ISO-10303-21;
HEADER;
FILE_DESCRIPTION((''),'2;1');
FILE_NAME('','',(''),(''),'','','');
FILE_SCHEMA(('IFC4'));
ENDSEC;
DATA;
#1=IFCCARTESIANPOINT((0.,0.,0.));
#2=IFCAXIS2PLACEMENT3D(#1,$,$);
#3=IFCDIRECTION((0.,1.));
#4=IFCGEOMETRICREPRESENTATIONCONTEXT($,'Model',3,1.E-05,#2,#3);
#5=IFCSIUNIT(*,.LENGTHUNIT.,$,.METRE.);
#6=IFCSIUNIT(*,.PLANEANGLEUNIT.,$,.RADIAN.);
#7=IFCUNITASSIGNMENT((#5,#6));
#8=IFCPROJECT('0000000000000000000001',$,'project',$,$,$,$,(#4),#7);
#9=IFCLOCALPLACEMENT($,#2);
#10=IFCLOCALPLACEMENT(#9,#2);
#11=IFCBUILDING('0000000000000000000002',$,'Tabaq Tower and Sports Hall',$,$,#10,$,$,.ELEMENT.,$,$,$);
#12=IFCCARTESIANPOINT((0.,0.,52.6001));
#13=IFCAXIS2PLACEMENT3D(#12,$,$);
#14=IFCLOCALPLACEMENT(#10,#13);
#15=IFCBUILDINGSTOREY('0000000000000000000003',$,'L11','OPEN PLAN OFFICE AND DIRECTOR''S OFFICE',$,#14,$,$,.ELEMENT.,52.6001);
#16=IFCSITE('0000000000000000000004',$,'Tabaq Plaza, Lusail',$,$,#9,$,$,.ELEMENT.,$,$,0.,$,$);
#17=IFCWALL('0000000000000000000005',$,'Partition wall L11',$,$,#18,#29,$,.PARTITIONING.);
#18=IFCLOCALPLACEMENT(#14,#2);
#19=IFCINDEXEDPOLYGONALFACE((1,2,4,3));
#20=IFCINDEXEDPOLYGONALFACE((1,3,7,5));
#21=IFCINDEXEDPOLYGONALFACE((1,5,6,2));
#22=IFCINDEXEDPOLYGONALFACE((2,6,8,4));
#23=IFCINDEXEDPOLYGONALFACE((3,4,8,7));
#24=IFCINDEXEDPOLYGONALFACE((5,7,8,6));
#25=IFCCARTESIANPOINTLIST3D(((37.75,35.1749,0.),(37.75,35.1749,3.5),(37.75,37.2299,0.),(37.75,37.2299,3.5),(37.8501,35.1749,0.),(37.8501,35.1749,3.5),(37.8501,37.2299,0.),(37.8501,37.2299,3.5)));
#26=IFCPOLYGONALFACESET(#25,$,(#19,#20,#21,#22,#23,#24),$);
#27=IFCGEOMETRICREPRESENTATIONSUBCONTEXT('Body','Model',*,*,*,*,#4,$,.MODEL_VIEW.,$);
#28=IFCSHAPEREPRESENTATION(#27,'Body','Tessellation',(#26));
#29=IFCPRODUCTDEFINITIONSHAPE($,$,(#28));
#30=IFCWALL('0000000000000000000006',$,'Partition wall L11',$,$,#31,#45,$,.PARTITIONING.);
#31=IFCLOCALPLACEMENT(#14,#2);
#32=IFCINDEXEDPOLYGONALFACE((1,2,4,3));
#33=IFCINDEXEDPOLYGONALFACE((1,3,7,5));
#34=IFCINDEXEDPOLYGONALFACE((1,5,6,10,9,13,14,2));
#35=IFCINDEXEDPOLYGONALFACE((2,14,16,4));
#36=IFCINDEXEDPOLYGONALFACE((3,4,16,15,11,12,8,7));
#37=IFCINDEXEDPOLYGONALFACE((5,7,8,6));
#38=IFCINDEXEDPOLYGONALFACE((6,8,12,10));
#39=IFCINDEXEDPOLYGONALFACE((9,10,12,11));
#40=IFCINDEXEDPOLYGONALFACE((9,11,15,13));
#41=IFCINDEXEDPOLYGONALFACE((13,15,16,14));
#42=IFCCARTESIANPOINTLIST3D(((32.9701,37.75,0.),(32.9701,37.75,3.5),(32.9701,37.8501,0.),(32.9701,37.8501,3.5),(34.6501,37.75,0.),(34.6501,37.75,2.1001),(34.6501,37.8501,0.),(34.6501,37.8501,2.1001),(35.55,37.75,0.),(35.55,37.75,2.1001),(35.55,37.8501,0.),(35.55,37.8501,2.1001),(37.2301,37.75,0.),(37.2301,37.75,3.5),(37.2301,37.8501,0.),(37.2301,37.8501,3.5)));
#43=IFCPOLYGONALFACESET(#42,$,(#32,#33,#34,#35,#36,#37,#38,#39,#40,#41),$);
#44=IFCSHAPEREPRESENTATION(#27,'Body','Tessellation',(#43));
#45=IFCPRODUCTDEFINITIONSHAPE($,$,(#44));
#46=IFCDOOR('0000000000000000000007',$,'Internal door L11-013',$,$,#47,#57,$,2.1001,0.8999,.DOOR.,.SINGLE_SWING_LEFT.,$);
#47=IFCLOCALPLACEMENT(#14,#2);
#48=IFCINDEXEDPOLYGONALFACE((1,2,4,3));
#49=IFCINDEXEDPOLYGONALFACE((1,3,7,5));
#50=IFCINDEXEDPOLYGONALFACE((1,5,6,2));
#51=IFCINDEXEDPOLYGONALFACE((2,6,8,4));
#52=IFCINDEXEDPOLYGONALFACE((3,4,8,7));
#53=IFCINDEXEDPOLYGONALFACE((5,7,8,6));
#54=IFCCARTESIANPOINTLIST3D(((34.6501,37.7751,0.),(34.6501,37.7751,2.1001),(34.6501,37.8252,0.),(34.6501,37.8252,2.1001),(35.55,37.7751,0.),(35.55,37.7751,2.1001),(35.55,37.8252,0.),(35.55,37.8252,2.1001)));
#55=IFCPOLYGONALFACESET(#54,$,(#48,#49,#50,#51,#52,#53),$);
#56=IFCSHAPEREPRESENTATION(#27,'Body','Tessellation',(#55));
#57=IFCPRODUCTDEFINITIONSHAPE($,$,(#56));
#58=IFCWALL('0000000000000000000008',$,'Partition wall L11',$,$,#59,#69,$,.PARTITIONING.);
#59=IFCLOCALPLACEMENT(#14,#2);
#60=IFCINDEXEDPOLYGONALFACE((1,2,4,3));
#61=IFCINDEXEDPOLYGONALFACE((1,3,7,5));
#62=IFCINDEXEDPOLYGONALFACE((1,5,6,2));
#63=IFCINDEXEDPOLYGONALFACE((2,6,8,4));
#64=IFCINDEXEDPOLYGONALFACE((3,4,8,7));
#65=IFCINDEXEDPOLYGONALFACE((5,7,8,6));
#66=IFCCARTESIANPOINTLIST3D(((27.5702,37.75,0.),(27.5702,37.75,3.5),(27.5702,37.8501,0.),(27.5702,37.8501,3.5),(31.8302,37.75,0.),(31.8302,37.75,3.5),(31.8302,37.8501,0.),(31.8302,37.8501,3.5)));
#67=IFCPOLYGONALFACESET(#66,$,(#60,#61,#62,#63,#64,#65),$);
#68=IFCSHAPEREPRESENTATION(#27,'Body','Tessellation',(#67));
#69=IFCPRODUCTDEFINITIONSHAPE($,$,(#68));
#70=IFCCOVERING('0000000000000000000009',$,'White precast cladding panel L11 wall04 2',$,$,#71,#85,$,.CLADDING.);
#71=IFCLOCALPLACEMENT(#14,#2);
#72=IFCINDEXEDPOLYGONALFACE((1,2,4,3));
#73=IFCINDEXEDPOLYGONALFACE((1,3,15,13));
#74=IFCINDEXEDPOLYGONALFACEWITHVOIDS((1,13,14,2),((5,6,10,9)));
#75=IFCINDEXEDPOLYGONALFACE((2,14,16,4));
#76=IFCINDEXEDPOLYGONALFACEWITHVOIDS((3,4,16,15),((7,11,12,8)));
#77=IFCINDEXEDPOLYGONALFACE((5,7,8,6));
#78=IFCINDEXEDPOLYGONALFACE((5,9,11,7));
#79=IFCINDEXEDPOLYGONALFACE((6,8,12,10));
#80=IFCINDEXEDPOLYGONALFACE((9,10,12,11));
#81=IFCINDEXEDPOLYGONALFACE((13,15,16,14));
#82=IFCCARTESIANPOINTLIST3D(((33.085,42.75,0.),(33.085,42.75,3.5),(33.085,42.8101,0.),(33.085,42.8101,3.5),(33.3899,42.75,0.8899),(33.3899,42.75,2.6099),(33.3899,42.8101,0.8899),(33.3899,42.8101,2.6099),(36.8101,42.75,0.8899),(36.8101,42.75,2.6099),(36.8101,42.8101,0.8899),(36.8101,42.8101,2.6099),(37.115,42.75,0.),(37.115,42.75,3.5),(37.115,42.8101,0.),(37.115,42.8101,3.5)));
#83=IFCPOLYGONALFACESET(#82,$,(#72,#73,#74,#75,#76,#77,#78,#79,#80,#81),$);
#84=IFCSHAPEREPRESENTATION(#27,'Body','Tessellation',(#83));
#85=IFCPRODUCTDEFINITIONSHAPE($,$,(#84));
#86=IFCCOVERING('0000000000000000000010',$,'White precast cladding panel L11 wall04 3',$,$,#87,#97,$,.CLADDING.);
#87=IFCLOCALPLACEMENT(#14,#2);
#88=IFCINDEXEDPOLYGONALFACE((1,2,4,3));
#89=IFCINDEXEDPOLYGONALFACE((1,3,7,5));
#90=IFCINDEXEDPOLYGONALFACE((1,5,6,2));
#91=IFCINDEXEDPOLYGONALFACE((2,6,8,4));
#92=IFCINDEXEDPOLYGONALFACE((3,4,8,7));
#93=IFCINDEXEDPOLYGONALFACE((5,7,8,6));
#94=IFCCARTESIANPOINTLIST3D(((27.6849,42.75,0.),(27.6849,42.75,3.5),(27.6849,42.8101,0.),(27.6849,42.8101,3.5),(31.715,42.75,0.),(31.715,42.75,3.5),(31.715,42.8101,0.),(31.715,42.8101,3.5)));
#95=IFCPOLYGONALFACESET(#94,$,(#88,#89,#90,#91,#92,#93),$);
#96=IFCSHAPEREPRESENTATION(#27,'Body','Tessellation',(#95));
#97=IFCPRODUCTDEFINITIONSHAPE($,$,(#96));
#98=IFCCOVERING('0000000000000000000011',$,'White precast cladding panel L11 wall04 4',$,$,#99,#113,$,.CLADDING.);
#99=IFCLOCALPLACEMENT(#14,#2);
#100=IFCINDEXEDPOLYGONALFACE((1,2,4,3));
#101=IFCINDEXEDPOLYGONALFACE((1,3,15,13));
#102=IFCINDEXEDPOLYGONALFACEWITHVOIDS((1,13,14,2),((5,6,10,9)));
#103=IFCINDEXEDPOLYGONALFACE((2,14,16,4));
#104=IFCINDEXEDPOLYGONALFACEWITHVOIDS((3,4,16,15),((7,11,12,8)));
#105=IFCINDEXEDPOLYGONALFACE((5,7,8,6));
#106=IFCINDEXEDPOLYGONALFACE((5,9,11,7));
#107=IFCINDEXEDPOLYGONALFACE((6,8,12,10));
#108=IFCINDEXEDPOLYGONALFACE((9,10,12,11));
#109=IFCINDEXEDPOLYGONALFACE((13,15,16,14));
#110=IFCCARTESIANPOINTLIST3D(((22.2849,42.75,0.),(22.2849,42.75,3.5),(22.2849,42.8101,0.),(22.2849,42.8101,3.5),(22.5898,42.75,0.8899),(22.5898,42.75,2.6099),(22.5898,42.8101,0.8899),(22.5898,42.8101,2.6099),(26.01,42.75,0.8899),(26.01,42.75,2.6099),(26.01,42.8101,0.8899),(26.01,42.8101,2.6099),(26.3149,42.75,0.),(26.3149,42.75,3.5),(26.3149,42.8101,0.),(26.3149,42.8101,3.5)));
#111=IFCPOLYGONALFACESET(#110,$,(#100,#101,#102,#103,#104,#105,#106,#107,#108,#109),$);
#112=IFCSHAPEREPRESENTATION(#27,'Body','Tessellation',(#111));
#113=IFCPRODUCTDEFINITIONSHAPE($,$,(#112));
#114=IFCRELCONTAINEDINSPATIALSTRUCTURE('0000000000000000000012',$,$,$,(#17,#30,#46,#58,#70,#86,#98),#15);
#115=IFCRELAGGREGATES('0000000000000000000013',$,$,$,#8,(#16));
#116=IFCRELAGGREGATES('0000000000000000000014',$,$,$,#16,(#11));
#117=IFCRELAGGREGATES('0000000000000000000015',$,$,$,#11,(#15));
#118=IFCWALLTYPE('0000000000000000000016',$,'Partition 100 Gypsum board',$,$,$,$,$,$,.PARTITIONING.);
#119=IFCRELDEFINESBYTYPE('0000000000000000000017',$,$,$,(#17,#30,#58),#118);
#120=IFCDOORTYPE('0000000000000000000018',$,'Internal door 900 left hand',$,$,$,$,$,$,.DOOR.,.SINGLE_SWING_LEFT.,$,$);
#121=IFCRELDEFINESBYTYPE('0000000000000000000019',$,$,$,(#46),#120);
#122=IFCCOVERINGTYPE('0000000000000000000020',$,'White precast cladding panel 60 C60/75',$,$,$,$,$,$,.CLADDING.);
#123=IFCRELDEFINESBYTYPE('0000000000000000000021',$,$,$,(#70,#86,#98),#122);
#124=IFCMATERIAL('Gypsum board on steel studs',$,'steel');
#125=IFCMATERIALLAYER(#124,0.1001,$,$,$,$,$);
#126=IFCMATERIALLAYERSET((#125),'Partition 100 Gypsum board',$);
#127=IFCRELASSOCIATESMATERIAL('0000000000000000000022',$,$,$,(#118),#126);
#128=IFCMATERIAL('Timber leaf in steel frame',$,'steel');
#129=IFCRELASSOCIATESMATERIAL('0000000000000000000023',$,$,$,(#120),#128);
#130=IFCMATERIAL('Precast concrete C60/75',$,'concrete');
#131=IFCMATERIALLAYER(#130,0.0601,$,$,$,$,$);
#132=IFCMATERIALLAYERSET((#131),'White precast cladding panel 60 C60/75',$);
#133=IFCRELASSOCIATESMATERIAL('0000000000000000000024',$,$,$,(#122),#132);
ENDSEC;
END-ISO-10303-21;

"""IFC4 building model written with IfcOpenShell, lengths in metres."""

from ifc_helpers import new_model, si_unit, direction, frame, frame_2d, origin, place, context, subcontext, project, spatial, polyline, rectangle, outline, extrude, material, layer, layer_set, type_object, element, fill, save


model = new_model("IFC4")

# Units and contexts
model_context = context("Model", 3, precision=1e-05, world=origin(), true_north=direction((0.0, 1.0)))
body_context = subcontext(model_context, "Body", "Model", "MODEL_VIEW")
ifc_project = project(units=[si_unit("LENGTHUNIT", "METRE"), si_unit("PLANEANGLEUNIT", "RADIAN")], contexts=[model_context])

# Site, building, storey
site_placement = place(None, origin())
site = spatial("IfcSite", under=ifc_project, at=site_placement, Name="Tabaq Plaza, Lusail", CompositionType="ELEMENT", RefElevation=0.0)
building_placement = place(site_placement, origin())
building = spatial("IfcBuilding", under=site, at=building_placement, Name="Tabaq Tower and Sports Hall", CompositionType="ELEMENT")
storey_placement = place(building_placement, frame((0.0, 0.0, 52.6001)))
storey = spatial("IfcBuildingStorey", under=building, at=storey_placement, Name="L11", Description="OPEN PLAN OFFICE AND DIRECTOR'S OFFICE", CompositionType="ELEMENT", Elevation=52.6001)

# Shared definitions
ifc_material_1 = material(Name="Gypsum board on steel studs", Category="steel")
ifc_layer_1 = layer(ifc_material_1, 0.1001)
ifc_layer_set_1 = layer_set([ifc_layer_1], Name="Partition 100 Gypsum board")
wall_type = type_object("IfcWallType", Name="Partition 100 Gypsum board", PredefinedType="PARTITIONING", material=ifc_layer_set_1)

# Wall
wall_1_placement = place(storey_placement, frame((37.8, 35.175, 0.0), z_axis=(0.0, 0.0, 1.0), x_axis=(0.0, 1.0, 0.0)))
element("IfcWall", 1, at=wall_1_placement, inside=storey, type_object=wall_type, Name="Partition wall L11", PredefinedType="PARTITIONING", context=body_context, shape_type="SweptSolid", body=[
    extrude(rectangle(XDim=2.0549, YDim=0.1001, at=frame_2d((1.0273, 0.0))), origin(), (0.0, 0.0, 1.0), 3.5),
])

# Wall, opening, door
wall_2_placement = place(storey_placement, frame((37.23, 37.8, 0.0), z_axis=(0.0, 0.0, 1.0), x_axis=(-1.0, 0.0, 0.0)))
wall_2 = element("IfcWall", 2, at=wall_2_placement, inside=storey, type_object=wall_type, Name="Partition wall L11", PredefinedType="PARTITIONING", context=body_context, shape_type="SweptSolid", body=[
    extrude(rectangle(XDim=4.26, YDim=0.1001, at=frame_2d((2.1299, 0.0))), origin(), (0.0, 0.0, 1.0), 3.5),
])
opening_1_placement = place(wall_2_placement, frame((1.6799, 0.0, 0.0)))
opening_1 = element("IfcOpeningElement", 3, at=opening_1_placement, cuts=wall_2, PredefinedType="OPENING", context=body_context, shape_type="SweptSolid", body=[
    extrude(rectangle(XDim=0.8999, YDim=2.1001, at=frame_2d((0.45, 1.05))), frame((0.0, 0.05, 0.0), z_axis=(0.0, -1.0, 0.0), x_axis=(1.0, 0.0, 0.0)), (0.0, 0.0, 1.0), 0.1001),
])
ifc_material_2 = material(Name="Timber leaf in steel frame", Category="steel")
door_type_1 = type_object("IfcDoorType", Name="Internal door 900 left hand", OperationType="SINGLE_SWING_LEFT", PredefinedType="DOOR", material=ifc_material_2)
door_1_placement = place(opening_1_placement, origin())
door_1 = element("IfcDoor", 4, at=door_1_placement, inside=storey, type_object=door_type_1, Name="Internal door L11-013", OperationType="SINGLE_SWING_LEFT", OverallHeight=2.1001, OverallWidth=0.8999, PredefinedType="DOOR", context=body_context, shape_type="SweptSolid", body=[
    extrude(rectangle(XDim=0.8999, YDim=2.1001, at=frame_2d((0.45, 1.05))), frame((0.0, 0.0249, 0.0), z_axis=(0.0, -1.0, 0.0), x_axis=(1.0, 0.0, 0.0)), (0.0, 0.0, 1.0), 0.05),
])
fill(opening_1, door_1)

# Wall
wall_3_placement = place(storey_placement, frame((31.8301, 37.8, 0.0), z_axis=(0.0, 0.0, 1.0), x_axis=(-1.0, 0.0, 0.0)))
element("IfcWall", 5, at=wall_3_placement, inside=storey, type_object=wall_type, Name="Partition wall L11", PredefinedType="PARTITIONING", context=body_context, shape_type="SweptSolid", body=[
    extrude(rectangle(XDim=4.26, YDim=0.1001, at=frame_2d((2.1299, 0.0))), origin(), (0.0, 0.0, 1.0), 3.5),
])

# Coverings
ifc_material_3 = material(Name="Precast concrete C60/75", Category="concrete")
ifc_layer_2 = layer(ifc_material_3, 0.0601)
ifc_layer_set_2 = layer_set([ifc_layer_2], Name="White precast cladding panel 60 C60/75")
covering_type = type_object("IfcCoveringType", Name="White precast cladding panel 60 C60/75", PredefinedType="CLADDING", material=ifc_layer_set_2)
covering_1_placement = place(storey_placement, frame((37.115, 42.78, 0.0), z_axis=(0.0, 0.0, 1.0), x_axis=(-1.0, 0.0, 0.0)))
element("IfcCovering", 6, at=covering_1_placement, inside=storey, type_object=covering_type, Name="White precast cladding panel L11 wall04 2", PredefinedType="CLADDING", context=body_context, shape_type="SweptSolid", body=[
    extrude(outline(polyline([(0.0, 0.0), (4.03, 0.0), (4.03, 3.5), (0.0, 3.5), (0.0, 0.0)]), holes=[polyline([(0.3049, 0.8899), (0.3049, 2.6099), (3.7251, 2.6099), (3.7251, 0.8899), (0.3049, 0.8899)])]), frame((0.0, 0.03, 0.0), z_axis=(0.0, -1.0, 0.0), x_axis=(1.0, 0.0, 0.0)), (0.0, 0.0, 1.0), 0.0601),
])
covering_2_placement = place(storey_placement, frame((31.7151, 42.78, 0.0), z_axis=(0.0, 0.0, 1.0), x_axis=(-1.0, 0.0, 0.0)))
element("IfcCovering", 7, at=covering_2_placement, inside=storey, type_object=covering_type, Name="White precast cladding panel L11 wall04 3", PredefinedType="CLADDING", context=body_context, shape_type="SweptSolid", body=[
    extrude(rectangle(XDim=4.03, YDim=0.0601, at=frame_2d((2.0151, 0.0))), origin(), (0.0, 0.0, 1.0), 3.5),
])
covering_3_placement = place(storey_placement, frame((26.3149, 42.78, 0.0), z_axis=(0.0, 0.0, 1.0), x_axis=(-1.0, 0.0, 0.0)))
element("IfcCovering", 8, at=covering_3_placement, inside=storey, type_object=covering_type, Name="White precast cladding panel L11 wall04 4", PredefinedType="CLADDING", context=body_context, shape_type="SweptSolid", body=[
    extrude(outline(polyline([(0.0, 0.0), (4.03, 0.0), (4.03, 3.5), (0.0, 3.5), (0.0, 0.0)]), holes=[polyline([(0.3049, 0.8899), (0.3049, 2.6099), (3.7251, 2.6099), (3.7251, 0.8899), (0.3049, 0.8899)])]), frame((0.0, 0.03, 0.0), z_axis=(0.0, -1.0, 0.0), x_axis=(1.0, 0.0, 0.0)), (0.0, 0.0, 1.0), 0.0601),
])

save(model, "model.ifc")
